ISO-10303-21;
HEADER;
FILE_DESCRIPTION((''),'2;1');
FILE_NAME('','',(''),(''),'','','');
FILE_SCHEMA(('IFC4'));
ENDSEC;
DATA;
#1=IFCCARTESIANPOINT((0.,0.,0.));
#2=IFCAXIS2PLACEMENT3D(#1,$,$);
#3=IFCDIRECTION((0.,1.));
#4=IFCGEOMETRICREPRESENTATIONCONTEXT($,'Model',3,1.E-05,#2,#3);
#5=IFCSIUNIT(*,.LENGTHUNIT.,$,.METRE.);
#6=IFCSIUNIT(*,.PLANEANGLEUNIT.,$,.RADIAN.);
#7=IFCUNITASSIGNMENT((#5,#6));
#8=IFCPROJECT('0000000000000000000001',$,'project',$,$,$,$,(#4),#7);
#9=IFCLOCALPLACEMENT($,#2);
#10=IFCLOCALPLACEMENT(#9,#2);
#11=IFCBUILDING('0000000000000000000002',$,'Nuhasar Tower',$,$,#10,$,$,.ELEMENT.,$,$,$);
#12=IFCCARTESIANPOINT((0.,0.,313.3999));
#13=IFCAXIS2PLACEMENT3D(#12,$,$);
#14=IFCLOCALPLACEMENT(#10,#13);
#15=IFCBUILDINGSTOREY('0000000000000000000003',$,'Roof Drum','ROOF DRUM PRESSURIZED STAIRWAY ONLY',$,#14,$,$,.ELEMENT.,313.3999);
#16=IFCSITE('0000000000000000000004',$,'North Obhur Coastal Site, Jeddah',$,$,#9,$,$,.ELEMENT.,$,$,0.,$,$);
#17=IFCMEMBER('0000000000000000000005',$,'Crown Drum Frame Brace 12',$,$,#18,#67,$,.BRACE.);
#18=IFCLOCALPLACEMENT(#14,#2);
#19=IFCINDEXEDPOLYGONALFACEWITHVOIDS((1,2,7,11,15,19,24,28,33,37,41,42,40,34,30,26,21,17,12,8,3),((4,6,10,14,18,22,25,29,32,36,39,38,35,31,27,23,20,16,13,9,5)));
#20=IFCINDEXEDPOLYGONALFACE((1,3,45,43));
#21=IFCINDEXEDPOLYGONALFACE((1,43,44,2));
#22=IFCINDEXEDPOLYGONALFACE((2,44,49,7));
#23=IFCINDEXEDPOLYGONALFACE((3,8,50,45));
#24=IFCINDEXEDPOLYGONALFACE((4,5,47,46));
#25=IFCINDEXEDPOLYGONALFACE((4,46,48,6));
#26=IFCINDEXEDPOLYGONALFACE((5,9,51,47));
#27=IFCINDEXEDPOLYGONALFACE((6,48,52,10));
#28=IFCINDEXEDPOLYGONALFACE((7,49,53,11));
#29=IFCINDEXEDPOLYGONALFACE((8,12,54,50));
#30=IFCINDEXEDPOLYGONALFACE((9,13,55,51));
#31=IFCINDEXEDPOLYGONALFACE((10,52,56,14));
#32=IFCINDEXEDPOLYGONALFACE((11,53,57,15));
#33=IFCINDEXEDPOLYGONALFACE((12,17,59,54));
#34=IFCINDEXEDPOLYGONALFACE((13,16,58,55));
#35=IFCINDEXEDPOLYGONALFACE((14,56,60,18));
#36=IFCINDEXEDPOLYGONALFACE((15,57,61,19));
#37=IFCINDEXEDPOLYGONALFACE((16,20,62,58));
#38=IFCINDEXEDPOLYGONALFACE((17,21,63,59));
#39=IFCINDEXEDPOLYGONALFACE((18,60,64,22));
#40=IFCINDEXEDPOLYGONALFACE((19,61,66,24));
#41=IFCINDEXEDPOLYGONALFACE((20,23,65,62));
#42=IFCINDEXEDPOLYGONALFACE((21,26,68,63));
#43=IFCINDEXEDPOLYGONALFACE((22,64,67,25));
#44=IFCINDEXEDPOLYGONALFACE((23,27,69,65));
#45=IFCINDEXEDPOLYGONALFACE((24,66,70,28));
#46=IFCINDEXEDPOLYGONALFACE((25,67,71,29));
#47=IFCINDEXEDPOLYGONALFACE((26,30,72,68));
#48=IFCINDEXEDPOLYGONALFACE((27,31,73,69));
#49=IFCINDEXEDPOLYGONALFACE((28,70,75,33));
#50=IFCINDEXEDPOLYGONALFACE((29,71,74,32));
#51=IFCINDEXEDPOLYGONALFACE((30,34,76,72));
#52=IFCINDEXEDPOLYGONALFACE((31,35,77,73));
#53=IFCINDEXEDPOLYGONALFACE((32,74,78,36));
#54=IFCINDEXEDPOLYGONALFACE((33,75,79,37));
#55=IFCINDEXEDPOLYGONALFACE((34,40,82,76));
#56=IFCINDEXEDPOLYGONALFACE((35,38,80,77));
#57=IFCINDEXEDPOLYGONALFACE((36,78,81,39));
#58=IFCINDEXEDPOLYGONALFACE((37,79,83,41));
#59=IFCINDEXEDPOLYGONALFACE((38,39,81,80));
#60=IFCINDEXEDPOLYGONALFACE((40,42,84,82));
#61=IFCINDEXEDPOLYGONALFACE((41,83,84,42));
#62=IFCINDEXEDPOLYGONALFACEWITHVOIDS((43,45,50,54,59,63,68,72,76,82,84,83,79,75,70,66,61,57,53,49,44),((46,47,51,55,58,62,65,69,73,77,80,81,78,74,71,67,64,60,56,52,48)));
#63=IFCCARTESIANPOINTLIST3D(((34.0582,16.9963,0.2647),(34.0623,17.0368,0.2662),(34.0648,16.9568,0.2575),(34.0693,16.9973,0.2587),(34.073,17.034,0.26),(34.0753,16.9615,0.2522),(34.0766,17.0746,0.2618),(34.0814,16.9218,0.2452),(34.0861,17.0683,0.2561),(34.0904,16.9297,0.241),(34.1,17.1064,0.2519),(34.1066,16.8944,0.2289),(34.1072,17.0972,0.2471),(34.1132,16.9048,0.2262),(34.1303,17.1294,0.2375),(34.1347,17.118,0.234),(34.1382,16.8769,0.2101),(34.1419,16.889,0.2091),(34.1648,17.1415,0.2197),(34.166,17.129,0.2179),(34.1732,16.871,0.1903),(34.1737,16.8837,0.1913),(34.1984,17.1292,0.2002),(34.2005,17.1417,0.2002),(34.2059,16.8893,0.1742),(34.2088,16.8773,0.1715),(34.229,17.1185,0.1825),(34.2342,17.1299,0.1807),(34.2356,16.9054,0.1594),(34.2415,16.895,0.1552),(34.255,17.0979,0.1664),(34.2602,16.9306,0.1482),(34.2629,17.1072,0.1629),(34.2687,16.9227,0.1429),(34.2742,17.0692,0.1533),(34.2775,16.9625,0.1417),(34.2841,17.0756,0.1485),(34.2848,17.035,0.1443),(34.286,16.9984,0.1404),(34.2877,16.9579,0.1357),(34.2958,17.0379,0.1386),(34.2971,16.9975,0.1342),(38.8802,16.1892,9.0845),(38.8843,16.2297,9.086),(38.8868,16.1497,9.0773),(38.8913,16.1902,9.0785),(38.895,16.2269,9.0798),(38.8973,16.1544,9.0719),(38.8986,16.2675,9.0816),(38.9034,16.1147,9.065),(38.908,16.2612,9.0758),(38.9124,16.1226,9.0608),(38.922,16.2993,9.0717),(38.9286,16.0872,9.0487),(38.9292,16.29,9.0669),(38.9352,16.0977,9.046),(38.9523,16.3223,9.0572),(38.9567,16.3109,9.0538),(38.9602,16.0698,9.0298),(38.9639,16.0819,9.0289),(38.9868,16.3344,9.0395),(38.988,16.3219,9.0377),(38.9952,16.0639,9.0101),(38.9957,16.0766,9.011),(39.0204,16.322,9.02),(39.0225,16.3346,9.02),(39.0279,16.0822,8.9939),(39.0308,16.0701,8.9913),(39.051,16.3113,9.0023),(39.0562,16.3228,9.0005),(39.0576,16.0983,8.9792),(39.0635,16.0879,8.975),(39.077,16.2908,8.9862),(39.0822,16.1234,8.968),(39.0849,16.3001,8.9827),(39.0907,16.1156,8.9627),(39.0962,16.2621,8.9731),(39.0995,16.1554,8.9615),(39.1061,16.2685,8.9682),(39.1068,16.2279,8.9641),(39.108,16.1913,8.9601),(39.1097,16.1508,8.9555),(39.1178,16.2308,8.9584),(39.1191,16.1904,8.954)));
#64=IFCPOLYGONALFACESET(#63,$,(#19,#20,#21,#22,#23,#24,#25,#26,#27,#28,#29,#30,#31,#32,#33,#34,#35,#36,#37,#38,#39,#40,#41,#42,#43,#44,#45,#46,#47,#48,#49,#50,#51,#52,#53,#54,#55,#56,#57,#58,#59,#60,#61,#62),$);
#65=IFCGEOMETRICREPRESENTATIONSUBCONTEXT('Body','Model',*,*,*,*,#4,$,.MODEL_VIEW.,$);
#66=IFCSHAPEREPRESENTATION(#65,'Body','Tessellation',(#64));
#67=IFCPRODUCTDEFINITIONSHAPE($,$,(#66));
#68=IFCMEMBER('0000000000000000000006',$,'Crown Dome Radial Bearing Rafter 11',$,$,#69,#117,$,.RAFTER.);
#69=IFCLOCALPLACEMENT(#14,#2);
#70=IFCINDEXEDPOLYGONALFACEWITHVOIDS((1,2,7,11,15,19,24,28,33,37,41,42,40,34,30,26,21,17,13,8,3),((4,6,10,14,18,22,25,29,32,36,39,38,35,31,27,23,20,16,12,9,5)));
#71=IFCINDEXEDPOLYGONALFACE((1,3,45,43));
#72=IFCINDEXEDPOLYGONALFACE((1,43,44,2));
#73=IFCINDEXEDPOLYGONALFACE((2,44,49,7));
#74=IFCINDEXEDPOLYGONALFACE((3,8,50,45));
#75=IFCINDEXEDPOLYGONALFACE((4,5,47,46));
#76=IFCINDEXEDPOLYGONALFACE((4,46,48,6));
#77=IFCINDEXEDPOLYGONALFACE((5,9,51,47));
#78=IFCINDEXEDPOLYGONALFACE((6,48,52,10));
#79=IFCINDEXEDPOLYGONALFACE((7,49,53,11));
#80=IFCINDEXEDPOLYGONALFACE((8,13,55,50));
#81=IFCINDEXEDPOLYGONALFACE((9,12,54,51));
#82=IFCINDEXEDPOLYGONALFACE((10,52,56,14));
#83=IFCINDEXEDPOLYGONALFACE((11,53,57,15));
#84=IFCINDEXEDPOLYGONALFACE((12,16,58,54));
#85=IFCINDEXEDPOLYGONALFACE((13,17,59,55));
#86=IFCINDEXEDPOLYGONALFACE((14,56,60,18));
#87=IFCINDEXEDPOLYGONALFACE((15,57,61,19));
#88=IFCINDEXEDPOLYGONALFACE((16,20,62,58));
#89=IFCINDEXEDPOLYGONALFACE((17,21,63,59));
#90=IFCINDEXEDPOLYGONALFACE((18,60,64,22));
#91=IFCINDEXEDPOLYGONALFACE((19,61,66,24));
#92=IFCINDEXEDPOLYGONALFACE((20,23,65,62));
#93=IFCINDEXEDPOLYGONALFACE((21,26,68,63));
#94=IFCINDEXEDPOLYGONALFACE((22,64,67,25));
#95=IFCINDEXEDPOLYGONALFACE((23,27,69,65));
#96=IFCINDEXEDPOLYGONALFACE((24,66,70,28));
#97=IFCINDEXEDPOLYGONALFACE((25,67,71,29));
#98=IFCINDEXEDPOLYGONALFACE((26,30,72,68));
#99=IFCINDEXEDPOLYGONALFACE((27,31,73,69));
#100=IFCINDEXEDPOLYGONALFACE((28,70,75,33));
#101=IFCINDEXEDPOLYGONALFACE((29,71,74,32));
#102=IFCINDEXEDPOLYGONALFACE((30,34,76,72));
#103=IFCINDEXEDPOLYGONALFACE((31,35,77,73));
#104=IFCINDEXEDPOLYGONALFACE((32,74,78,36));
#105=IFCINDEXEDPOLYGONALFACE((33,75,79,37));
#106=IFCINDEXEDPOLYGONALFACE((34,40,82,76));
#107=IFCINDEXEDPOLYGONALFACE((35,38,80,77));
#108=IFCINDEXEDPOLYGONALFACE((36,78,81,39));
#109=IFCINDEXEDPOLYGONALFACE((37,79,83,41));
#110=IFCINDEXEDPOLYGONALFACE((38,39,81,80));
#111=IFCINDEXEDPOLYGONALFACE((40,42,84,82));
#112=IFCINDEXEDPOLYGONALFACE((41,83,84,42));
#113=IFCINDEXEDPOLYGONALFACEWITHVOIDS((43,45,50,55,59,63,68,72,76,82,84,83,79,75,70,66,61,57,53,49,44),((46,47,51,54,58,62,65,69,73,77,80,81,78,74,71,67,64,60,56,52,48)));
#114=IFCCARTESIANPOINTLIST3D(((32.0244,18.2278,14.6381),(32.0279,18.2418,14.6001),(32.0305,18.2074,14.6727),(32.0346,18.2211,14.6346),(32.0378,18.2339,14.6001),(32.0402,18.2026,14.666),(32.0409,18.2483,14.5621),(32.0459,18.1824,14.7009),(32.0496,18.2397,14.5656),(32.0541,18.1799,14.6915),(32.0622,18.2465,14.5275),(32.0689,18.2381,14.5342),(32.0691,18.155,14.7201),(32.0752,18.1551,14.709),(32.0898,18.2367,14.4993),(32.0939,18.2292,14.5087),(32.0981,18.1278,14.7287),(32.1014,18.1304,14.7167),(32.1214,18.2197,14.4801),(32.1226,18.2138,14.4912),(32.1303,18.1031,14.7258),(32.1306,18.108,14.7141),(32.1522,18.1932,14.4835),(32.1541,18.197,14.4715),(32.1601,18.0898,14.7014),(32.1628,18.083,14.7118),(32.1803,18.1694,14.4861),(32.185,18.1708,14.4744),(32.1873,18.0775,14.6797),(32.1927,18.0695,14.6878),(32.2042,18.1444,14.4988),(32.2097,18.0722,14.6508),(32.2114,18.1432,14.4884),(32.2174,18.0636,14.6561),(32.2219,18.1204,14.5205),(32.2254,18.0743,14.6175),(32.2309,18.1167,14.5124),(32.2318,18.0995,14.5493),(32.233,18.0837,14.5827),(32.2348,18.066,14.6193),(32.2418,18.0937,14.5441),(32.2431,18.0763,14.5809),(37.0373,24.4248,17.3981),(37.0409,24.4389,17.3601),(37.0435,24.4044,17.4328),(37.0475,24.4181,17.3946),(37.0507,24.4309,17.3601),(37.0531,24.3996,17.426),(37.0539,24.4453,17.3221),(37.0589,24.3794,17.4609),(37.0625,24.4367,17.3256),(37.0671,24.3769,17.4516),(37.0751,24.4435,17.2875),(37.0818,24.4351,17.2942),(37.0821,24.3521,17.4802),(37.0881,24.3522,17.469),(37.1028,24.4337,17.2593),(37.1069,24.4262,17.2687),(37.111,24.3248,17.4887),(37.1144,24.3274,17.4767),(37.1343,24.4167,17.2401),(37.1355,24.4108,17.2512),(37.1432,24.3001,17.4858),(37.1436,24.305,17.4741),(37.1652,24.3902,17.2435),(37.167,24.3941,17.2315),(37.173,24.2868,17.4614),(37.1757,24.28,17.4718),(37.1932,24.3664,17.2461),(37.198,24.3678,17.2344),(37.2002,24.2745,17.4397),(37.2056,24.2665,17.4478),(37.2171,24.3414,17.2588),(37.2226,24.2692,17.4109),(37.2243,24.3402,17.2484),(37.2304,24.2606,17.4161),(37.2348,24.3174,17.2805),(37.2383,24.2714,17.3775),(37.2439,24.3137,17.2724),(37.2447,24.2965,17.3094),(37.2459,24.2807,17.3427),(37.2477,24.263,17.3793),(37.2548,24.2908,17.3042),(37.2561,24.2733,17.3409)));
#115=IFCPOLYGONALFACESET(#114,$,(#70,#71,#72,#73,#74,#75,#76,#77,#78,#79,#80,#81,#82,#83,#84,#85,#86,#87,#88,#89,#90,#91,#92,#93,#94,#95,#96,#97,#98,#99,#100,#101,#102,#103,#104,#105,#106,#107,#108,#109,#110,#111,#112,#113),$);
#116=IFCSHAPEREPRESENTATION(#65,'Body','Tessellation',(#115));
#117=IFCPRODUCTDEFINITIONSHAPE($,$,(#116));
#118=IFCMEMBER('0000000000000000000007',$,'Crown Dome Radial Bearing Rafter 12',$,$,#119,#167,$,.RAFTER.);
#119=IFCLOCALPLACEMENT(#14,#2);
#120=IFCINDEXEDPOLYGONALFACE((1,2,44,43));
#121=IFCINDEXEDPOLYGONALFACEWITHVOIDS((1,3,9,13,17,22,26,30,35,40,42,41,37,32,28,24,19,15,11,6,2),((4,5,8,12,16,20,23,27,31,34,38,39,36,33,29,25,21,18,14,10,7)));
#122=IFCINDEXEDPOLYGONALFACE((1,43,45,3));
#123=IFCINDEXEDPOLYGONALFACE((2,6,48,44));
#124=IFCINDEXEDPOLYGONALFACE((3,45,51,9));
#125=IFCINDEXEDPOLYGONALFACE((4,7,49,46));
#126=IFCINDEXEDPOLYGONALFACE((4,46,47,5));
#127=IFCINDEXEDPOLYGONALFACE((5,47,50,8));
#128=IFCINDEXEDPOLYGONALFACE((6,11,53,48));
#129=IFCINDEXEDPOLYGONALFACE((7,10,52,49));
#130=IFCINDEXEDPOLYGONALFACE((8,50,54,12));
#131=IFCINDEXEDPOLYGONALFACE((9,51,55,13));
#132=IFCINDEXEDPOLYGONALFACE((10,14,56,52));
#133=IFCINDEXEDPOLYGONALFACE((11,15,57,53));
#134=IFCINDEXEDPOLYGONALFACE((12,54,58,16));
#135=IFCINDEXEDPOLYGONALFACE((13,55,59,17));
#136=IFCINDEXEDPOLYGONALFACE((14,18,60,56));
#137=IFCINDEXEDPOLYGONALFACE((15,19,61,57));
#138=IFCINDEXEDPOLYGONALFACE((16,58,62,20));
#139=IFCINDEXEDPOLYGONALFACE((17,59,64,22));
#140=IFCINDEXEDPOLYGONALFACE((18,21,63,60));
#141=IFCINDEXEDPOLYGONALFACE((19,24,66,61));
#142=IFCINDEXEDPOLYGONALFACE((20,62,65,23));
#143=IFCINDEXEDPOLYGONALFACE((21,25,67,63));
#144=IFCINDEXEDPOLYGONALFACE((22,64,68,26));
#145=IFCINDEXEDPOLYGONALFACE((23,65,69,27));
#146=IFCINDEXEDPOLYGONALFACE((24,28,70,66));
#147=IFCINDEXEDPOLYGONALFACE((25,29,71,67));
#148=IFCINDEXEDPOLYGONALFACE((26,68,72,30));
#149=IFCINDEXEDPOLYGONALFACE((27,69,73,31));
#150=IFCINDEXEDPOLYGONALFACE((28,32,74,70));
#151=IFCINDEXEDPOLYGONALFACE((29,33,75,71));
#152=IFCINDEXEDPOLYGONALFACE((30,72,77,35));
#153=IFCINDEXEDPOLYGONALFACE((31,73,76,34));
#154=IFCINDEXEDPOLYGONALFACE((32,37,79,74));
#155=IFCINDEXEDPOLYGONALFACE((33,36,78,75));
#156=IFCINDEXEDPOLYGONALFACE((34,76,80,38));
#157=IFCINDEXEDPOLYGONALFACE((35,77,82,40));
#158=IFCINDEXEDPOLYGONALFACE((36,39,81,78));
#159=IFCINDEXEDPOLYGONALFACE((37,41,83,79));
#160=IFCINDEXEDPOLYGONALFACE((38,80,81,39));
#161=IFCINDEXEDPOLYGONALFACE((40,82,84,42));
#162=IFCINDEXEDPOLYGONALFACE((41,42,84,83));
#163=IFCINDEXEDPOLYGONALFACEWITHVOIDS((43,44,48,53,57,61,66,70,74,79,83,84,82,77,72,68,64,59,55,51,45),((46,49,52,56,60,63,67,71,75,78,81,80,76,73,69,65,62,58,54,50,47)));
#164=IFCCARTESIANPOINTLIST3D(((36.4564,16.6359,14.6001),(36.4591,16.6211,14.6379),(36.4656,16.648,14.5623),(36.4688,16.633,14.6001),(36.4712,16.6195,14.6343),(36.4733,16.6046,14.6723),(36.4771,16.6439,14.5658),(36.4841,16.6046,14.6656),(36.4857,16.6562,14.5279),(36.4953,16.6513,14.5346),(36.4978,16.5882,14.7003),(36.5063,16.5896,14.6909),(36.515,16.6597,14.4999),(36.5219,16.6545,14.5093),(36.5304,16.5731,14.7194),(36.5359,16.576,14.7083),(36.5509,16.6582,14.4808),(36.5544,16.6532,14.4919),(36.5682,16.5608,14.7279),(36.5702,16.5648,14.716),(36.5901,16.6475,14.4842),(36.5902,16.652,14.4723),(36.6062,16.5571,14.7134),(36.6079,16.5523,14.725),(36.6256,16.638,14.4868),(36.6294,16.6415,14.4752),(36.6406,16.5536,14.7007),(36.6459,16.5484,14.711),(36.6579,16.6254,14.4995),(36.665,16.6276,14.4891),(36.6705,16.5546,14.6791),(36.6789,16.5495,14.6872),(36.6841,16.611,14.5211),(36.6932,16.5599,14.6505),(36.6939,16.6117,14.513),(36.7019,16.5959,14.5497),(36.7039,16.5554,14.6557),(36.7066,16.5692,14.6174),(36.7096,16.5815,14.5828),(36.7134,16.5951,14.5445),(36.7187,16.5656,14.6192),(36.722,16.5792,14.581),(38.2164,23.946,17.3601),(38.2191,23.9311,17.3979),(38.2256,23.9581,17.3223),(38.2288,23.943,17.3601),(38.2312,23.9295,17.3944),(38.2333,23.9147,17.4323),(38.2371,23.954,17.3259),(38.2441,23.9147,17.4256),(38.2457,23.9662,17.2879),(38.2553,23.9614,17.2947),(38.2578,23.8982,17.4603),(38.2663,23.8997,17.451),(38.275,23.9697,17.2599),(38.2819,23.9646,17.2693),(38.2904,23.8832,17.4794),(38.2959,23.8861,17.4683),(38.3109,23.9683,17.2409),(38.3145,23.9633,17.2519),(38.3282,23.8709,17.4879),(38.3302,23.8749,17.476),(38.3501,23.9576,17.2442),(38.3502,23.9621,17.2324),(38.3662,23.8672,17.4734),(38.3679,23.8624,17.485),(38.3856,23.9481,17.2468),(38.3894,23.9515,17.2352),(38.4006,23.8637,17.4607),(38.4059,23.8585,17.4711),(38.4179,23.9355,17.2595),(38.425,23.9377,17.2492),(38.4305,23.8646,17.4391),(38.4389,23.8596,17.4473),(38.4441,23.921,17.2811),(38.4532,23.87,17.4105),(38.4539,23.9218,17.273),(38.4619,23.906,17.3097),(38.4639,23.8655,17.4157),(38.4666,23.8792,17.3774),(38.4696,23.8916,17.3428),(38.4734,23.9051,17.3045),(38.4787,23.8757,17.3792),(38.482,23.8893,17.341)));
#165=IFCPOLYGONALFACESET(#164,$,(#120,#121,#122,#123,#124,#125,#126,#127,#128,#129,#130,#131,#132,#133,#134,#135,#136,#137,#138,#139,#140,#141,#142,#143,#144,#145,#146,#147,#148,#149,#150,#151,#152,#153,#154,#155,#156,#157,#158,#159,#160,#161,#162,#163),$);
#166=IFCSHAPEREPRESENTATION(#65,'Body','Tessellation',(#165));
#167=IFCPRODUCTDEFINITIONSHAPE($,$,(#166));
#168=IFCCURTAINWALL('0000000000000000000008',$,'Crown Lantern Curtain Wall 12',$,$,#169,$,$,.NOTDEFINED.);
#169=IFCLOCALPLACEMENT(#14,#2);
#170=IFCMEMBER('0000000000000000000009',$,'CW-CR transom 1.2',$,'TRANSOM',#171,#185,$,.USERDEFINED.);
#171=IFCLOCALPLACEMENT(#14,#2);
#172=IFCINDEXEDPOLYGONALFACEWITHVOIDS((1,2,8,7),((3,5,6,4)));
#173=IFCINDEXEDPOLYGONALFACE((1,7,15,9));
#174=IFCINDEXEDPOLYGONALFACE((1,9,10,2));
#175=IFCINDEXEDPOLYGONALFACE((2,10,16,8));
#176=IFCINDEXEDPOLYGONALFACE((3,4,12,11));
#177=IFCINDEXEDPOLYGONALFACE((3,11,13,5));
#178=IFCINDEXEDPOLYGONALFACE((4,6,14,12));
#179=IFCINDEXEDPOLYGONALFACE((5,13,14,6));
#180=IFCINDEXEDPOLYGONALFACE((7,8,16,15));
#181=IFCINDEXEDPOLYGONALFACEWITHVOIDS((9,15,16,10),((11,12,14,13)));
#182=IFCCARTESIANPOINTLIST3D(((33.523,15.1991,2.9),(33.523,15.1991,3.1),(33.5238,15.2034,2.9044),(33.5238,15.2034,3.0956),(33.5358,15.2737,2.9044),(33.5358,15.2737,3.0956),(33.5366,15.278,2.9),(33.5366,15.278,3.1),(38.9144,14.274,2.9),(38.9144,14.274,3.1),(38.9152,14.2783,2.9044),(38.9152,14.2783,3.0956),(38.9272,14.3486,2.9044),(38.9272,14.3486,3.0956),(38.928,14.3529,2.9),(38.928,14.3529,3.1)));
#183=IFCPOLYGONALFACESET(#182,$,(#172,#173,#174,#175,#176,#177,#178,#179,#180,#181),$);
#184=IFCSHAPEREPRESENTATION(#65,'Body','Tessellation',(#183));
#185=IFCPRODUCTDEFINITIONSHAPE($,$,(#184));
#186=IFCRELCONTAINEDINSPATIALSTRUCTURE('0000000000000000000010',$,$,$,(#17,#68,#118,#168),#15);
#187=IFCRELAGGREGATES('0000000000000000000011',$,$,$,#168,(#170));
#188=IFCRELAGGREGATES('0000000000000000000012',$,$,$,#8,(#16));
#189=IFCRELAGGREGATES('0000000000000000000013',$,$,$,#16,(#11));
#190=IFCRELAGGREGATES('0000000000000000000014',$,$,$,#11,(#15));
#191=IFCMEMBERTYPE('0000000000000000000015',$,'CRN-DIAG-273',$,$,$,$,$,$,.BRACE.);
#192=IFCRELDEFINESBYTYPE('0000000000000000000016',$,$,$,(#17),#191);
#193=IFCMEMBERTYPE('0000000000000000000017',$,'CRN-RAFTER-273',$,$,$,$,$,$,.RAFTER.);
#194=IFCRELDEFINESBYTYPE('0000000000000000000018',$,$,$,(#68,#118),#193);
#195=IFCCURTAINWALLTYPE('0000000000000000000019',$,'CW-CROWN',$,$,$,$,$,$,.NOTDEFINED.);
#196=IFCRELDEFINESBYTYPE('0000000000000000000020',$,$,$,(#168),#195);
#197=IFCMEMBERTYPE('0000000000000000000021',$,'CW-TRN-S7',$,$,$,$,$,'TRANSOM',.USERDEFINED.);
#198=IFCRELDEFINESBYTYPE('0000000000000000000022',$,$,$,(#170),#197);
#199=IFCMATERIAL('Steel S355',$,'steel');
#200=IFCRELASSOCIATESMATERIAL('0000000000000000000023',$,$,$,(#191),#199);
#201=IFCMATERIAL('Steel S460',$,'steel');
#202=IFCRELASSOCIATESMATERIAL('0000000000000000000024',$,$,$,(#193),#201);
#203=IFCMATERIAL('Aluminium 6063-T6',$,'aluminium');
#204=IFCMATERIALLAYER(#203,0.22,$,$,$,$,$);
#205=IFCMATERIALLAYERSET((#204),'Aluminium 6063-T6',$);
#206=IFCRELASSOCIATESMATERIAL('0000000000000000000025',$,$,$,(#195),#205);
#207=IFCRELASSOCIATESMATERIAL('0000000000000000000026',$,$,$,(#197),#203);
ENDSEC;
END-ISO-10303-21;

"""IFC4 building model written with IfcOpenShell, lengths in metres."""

from ifc_helpers import new_model, si_unit, direction, frame, origin, origin_2d, place, context, subcontext, project, spatial, hollow_rectangle, hollow_circle, extrude, material, layer, layer_set, material_profile, profile_set, type_object, element, aggregate, save


model = new_model("IFC4")

# Units and contexts
model_context = context("Model", 3, precision=1e-05, world=origin(), true_north=direction((0.0, 1.0)))
body_context = subcontext(model_context, "Body", "Model", "MODEL_VIEW")
ifc_project = project(units=[si_unit("LENGTHUNIT", "METRE"), si_unit("PLANEANGLEUNIT", "RADIAN")], contexts=[model_context])

# Site, building, storey
site_placement = place(None, origin())
site = spatial("IfcSite", under=ifc_project, at=site_placement, Name="North Obhur Coastal Site, Jeddah", CompositionType="ELEMENT", RefElevation=0.0)
building_placement = place(site_placement, origin())
building = spatial("IfcBuilding", under=site, at=building_placement, Name="Nuhasar Tower", CompositionType="ELEMENT")
storey_placement = place(building_placement, frame((0.0, 0.0, 313.3999)))
storey = spatial("IfcBuildingStorey", under=building, at=storey_placement, Name="Roof Drum", Description="ROOF DRUM PRESSURIZED STAIRWAY ONLY", CompositionType="ELEMENT", Elevation=313.3999)

# Shared definitions
ifc_material_1 = material(Name="Steel S355", Category="steel")

# Members
ifc_material_profile_1 = material_profile(ifc_material_1, hollow_circle(Radius=0.1365, WallThickness=0.0127, at=origin_2d()), Name="HSS273.1X12.7")
ifc_profile_set_1 = profile_set([ifc_material_profile_1], Name="Steel S355")
member_type_1 = type_object("IfcMemberType", Name="CRN-DIAG-273", PredefinedType="BRACE", material=ifc_profile_set_1)
member_1_placement = place(storey_placement, frame((34.178, 17.0071, 0.2002), z_axis=(0.478172, -0.080038, 0.874611), x_axis=(0.165087, 0.986279, 0.0)))
element("IfcMember", 1, at=member_1_placement, inside=storey, type_object=member_type_1, Name="Crown Drum Frame Brace 12", PredefinedType="BRACE", context=body_context, shape_type="SweptSolid", body=[
    extrude(hollow_circle(Radius=0.1365, WallThickness=0.0127, at=origin_2d()), origin(), (0.0, 0.0, 1.0), 10.0842),
])
ifc_material_2 = material(Name="Steel S460", Category="steel")
ifc_material_profile_2 = material_profile(ifc_material_2, hollow_circle(Radius=0.1365, WallThickness=0.0127, at=origin_2d()), Name="HSS273.1X12.7")
ifc_profile_set_2 = profile_set([ifc_material_profile_2], Name="Steel S460")
member_type_2 = type_object("IfcMemberType", Name="CRN-RAFTER-273", PredefinedType="RAFTER", material=ifc_profile_set_2)
member_2_placement = place(storey_placement, frame((32.134, 18.156, 14.6001), z_axis=(0.594298, 0.734674, 0.327207), x_axis=(-0.777472, 0.628918, 0.0)))
element("IfcMember", 2, at=member_2_placement, inside=storey, type_object=member_type_2, Name="Crown Dome Radial Bearing Rafter 11", PredefinedType="RAFTER", context=body_context, shape_type="SweptSolid", body=[
    extrude(hollow_circle(Radius=0.1365, WallThickness=0.0127, at=origin_2d()), origin(), (0.0, 0.0, 1.0), 8.4351),
])
member_3_placement = place(storey_placement, frame((36.5891, 16.604, 14.6001), z_axis=(0.21974, 0.912672, 0.344592), x_axis=(-0.972218, 0.234077, 0.0)))
element("IfcMember", 3, at=member_3_placement, inside=storey, type_object=member_type_2, Name="Crown Dome Radial Bearing Rafter 12", PredefinedType="RAFTER", context=body_context, shape_type="SweptSolid", body=[
    extrude(hollow_circle(Radius=0.1365, WallThickness=0.0127, at=origin_2d()), origin(), (0.0, 0.0, 1.0), 8.0095),
])

# Curtain wall, member
ifc_material_3 = material(Name="Aluminium 6063-T6", Category="aluminium")
ifc_layer_1 = layer(ifc_material_3, 0.22)
ifc_layer_set_1 = layer_set([ifc_layer_1], Name="Aluminium 6063-T6")
curtain_wall_type = type_object("IfcCurtainWallType", Name="CW-CROWN", PredefinedType="NOTDEFINED", material=ifc_layer_set_1)
curtain_wall_1_placement = place(storey_placement, origin())
curtain_wall_1 = element("IfcCurtainWall", 4, at=curtain_wall_1_placement, inside=storey, type_object=curtain_wall_type, Name="Crown Lantern Curtain Wall 12", PredefinedType="NOTDEFINED")
ifc_material_profile_3 = material_profile(ifc_material_3, hollow_rectangle(XDim=0.0801, YDim=0.2, WallThickness=0.0044, at=origin_2d()), Name="CWT-7")
ifc_profile_set_3 = profile_set([ifc_material_profile_3], Name="Aluminium 6063-T6")
member_type_3 = type_object("IfcMemberType", Name="CW-TRN-S7", ElementType="TRANSOM", PredefinedType="USERDEFINED", material=ifc_profile_set_3)
member_4_placement = place(storey_placement, frame((33.5298, 15.2385, 3.0), z_axis=(0.985597, -0.169109, 0.0), x_axis=(0.169109, 0.985597, 0.0)))
member_4 = element("IfcMember", 5, at=member_4_placement, type_object=member_type_3, Name="CW-CR transom 1.2", ObjectType="TRANSOM", PredefinedType="USERDEFINED", context=body_context, shape_type="SweptSolid", body=[
    extrude(hollow_rectangle(XDim=0.0801, YDim=0.2, WallThickness=0.0044, at=origin_2d()), origin(), (0.0, 0.0, 1.0), 5.4702),
])

aggregate(curtain_wall_1, [member_4])

save(model, "model.ifc")
